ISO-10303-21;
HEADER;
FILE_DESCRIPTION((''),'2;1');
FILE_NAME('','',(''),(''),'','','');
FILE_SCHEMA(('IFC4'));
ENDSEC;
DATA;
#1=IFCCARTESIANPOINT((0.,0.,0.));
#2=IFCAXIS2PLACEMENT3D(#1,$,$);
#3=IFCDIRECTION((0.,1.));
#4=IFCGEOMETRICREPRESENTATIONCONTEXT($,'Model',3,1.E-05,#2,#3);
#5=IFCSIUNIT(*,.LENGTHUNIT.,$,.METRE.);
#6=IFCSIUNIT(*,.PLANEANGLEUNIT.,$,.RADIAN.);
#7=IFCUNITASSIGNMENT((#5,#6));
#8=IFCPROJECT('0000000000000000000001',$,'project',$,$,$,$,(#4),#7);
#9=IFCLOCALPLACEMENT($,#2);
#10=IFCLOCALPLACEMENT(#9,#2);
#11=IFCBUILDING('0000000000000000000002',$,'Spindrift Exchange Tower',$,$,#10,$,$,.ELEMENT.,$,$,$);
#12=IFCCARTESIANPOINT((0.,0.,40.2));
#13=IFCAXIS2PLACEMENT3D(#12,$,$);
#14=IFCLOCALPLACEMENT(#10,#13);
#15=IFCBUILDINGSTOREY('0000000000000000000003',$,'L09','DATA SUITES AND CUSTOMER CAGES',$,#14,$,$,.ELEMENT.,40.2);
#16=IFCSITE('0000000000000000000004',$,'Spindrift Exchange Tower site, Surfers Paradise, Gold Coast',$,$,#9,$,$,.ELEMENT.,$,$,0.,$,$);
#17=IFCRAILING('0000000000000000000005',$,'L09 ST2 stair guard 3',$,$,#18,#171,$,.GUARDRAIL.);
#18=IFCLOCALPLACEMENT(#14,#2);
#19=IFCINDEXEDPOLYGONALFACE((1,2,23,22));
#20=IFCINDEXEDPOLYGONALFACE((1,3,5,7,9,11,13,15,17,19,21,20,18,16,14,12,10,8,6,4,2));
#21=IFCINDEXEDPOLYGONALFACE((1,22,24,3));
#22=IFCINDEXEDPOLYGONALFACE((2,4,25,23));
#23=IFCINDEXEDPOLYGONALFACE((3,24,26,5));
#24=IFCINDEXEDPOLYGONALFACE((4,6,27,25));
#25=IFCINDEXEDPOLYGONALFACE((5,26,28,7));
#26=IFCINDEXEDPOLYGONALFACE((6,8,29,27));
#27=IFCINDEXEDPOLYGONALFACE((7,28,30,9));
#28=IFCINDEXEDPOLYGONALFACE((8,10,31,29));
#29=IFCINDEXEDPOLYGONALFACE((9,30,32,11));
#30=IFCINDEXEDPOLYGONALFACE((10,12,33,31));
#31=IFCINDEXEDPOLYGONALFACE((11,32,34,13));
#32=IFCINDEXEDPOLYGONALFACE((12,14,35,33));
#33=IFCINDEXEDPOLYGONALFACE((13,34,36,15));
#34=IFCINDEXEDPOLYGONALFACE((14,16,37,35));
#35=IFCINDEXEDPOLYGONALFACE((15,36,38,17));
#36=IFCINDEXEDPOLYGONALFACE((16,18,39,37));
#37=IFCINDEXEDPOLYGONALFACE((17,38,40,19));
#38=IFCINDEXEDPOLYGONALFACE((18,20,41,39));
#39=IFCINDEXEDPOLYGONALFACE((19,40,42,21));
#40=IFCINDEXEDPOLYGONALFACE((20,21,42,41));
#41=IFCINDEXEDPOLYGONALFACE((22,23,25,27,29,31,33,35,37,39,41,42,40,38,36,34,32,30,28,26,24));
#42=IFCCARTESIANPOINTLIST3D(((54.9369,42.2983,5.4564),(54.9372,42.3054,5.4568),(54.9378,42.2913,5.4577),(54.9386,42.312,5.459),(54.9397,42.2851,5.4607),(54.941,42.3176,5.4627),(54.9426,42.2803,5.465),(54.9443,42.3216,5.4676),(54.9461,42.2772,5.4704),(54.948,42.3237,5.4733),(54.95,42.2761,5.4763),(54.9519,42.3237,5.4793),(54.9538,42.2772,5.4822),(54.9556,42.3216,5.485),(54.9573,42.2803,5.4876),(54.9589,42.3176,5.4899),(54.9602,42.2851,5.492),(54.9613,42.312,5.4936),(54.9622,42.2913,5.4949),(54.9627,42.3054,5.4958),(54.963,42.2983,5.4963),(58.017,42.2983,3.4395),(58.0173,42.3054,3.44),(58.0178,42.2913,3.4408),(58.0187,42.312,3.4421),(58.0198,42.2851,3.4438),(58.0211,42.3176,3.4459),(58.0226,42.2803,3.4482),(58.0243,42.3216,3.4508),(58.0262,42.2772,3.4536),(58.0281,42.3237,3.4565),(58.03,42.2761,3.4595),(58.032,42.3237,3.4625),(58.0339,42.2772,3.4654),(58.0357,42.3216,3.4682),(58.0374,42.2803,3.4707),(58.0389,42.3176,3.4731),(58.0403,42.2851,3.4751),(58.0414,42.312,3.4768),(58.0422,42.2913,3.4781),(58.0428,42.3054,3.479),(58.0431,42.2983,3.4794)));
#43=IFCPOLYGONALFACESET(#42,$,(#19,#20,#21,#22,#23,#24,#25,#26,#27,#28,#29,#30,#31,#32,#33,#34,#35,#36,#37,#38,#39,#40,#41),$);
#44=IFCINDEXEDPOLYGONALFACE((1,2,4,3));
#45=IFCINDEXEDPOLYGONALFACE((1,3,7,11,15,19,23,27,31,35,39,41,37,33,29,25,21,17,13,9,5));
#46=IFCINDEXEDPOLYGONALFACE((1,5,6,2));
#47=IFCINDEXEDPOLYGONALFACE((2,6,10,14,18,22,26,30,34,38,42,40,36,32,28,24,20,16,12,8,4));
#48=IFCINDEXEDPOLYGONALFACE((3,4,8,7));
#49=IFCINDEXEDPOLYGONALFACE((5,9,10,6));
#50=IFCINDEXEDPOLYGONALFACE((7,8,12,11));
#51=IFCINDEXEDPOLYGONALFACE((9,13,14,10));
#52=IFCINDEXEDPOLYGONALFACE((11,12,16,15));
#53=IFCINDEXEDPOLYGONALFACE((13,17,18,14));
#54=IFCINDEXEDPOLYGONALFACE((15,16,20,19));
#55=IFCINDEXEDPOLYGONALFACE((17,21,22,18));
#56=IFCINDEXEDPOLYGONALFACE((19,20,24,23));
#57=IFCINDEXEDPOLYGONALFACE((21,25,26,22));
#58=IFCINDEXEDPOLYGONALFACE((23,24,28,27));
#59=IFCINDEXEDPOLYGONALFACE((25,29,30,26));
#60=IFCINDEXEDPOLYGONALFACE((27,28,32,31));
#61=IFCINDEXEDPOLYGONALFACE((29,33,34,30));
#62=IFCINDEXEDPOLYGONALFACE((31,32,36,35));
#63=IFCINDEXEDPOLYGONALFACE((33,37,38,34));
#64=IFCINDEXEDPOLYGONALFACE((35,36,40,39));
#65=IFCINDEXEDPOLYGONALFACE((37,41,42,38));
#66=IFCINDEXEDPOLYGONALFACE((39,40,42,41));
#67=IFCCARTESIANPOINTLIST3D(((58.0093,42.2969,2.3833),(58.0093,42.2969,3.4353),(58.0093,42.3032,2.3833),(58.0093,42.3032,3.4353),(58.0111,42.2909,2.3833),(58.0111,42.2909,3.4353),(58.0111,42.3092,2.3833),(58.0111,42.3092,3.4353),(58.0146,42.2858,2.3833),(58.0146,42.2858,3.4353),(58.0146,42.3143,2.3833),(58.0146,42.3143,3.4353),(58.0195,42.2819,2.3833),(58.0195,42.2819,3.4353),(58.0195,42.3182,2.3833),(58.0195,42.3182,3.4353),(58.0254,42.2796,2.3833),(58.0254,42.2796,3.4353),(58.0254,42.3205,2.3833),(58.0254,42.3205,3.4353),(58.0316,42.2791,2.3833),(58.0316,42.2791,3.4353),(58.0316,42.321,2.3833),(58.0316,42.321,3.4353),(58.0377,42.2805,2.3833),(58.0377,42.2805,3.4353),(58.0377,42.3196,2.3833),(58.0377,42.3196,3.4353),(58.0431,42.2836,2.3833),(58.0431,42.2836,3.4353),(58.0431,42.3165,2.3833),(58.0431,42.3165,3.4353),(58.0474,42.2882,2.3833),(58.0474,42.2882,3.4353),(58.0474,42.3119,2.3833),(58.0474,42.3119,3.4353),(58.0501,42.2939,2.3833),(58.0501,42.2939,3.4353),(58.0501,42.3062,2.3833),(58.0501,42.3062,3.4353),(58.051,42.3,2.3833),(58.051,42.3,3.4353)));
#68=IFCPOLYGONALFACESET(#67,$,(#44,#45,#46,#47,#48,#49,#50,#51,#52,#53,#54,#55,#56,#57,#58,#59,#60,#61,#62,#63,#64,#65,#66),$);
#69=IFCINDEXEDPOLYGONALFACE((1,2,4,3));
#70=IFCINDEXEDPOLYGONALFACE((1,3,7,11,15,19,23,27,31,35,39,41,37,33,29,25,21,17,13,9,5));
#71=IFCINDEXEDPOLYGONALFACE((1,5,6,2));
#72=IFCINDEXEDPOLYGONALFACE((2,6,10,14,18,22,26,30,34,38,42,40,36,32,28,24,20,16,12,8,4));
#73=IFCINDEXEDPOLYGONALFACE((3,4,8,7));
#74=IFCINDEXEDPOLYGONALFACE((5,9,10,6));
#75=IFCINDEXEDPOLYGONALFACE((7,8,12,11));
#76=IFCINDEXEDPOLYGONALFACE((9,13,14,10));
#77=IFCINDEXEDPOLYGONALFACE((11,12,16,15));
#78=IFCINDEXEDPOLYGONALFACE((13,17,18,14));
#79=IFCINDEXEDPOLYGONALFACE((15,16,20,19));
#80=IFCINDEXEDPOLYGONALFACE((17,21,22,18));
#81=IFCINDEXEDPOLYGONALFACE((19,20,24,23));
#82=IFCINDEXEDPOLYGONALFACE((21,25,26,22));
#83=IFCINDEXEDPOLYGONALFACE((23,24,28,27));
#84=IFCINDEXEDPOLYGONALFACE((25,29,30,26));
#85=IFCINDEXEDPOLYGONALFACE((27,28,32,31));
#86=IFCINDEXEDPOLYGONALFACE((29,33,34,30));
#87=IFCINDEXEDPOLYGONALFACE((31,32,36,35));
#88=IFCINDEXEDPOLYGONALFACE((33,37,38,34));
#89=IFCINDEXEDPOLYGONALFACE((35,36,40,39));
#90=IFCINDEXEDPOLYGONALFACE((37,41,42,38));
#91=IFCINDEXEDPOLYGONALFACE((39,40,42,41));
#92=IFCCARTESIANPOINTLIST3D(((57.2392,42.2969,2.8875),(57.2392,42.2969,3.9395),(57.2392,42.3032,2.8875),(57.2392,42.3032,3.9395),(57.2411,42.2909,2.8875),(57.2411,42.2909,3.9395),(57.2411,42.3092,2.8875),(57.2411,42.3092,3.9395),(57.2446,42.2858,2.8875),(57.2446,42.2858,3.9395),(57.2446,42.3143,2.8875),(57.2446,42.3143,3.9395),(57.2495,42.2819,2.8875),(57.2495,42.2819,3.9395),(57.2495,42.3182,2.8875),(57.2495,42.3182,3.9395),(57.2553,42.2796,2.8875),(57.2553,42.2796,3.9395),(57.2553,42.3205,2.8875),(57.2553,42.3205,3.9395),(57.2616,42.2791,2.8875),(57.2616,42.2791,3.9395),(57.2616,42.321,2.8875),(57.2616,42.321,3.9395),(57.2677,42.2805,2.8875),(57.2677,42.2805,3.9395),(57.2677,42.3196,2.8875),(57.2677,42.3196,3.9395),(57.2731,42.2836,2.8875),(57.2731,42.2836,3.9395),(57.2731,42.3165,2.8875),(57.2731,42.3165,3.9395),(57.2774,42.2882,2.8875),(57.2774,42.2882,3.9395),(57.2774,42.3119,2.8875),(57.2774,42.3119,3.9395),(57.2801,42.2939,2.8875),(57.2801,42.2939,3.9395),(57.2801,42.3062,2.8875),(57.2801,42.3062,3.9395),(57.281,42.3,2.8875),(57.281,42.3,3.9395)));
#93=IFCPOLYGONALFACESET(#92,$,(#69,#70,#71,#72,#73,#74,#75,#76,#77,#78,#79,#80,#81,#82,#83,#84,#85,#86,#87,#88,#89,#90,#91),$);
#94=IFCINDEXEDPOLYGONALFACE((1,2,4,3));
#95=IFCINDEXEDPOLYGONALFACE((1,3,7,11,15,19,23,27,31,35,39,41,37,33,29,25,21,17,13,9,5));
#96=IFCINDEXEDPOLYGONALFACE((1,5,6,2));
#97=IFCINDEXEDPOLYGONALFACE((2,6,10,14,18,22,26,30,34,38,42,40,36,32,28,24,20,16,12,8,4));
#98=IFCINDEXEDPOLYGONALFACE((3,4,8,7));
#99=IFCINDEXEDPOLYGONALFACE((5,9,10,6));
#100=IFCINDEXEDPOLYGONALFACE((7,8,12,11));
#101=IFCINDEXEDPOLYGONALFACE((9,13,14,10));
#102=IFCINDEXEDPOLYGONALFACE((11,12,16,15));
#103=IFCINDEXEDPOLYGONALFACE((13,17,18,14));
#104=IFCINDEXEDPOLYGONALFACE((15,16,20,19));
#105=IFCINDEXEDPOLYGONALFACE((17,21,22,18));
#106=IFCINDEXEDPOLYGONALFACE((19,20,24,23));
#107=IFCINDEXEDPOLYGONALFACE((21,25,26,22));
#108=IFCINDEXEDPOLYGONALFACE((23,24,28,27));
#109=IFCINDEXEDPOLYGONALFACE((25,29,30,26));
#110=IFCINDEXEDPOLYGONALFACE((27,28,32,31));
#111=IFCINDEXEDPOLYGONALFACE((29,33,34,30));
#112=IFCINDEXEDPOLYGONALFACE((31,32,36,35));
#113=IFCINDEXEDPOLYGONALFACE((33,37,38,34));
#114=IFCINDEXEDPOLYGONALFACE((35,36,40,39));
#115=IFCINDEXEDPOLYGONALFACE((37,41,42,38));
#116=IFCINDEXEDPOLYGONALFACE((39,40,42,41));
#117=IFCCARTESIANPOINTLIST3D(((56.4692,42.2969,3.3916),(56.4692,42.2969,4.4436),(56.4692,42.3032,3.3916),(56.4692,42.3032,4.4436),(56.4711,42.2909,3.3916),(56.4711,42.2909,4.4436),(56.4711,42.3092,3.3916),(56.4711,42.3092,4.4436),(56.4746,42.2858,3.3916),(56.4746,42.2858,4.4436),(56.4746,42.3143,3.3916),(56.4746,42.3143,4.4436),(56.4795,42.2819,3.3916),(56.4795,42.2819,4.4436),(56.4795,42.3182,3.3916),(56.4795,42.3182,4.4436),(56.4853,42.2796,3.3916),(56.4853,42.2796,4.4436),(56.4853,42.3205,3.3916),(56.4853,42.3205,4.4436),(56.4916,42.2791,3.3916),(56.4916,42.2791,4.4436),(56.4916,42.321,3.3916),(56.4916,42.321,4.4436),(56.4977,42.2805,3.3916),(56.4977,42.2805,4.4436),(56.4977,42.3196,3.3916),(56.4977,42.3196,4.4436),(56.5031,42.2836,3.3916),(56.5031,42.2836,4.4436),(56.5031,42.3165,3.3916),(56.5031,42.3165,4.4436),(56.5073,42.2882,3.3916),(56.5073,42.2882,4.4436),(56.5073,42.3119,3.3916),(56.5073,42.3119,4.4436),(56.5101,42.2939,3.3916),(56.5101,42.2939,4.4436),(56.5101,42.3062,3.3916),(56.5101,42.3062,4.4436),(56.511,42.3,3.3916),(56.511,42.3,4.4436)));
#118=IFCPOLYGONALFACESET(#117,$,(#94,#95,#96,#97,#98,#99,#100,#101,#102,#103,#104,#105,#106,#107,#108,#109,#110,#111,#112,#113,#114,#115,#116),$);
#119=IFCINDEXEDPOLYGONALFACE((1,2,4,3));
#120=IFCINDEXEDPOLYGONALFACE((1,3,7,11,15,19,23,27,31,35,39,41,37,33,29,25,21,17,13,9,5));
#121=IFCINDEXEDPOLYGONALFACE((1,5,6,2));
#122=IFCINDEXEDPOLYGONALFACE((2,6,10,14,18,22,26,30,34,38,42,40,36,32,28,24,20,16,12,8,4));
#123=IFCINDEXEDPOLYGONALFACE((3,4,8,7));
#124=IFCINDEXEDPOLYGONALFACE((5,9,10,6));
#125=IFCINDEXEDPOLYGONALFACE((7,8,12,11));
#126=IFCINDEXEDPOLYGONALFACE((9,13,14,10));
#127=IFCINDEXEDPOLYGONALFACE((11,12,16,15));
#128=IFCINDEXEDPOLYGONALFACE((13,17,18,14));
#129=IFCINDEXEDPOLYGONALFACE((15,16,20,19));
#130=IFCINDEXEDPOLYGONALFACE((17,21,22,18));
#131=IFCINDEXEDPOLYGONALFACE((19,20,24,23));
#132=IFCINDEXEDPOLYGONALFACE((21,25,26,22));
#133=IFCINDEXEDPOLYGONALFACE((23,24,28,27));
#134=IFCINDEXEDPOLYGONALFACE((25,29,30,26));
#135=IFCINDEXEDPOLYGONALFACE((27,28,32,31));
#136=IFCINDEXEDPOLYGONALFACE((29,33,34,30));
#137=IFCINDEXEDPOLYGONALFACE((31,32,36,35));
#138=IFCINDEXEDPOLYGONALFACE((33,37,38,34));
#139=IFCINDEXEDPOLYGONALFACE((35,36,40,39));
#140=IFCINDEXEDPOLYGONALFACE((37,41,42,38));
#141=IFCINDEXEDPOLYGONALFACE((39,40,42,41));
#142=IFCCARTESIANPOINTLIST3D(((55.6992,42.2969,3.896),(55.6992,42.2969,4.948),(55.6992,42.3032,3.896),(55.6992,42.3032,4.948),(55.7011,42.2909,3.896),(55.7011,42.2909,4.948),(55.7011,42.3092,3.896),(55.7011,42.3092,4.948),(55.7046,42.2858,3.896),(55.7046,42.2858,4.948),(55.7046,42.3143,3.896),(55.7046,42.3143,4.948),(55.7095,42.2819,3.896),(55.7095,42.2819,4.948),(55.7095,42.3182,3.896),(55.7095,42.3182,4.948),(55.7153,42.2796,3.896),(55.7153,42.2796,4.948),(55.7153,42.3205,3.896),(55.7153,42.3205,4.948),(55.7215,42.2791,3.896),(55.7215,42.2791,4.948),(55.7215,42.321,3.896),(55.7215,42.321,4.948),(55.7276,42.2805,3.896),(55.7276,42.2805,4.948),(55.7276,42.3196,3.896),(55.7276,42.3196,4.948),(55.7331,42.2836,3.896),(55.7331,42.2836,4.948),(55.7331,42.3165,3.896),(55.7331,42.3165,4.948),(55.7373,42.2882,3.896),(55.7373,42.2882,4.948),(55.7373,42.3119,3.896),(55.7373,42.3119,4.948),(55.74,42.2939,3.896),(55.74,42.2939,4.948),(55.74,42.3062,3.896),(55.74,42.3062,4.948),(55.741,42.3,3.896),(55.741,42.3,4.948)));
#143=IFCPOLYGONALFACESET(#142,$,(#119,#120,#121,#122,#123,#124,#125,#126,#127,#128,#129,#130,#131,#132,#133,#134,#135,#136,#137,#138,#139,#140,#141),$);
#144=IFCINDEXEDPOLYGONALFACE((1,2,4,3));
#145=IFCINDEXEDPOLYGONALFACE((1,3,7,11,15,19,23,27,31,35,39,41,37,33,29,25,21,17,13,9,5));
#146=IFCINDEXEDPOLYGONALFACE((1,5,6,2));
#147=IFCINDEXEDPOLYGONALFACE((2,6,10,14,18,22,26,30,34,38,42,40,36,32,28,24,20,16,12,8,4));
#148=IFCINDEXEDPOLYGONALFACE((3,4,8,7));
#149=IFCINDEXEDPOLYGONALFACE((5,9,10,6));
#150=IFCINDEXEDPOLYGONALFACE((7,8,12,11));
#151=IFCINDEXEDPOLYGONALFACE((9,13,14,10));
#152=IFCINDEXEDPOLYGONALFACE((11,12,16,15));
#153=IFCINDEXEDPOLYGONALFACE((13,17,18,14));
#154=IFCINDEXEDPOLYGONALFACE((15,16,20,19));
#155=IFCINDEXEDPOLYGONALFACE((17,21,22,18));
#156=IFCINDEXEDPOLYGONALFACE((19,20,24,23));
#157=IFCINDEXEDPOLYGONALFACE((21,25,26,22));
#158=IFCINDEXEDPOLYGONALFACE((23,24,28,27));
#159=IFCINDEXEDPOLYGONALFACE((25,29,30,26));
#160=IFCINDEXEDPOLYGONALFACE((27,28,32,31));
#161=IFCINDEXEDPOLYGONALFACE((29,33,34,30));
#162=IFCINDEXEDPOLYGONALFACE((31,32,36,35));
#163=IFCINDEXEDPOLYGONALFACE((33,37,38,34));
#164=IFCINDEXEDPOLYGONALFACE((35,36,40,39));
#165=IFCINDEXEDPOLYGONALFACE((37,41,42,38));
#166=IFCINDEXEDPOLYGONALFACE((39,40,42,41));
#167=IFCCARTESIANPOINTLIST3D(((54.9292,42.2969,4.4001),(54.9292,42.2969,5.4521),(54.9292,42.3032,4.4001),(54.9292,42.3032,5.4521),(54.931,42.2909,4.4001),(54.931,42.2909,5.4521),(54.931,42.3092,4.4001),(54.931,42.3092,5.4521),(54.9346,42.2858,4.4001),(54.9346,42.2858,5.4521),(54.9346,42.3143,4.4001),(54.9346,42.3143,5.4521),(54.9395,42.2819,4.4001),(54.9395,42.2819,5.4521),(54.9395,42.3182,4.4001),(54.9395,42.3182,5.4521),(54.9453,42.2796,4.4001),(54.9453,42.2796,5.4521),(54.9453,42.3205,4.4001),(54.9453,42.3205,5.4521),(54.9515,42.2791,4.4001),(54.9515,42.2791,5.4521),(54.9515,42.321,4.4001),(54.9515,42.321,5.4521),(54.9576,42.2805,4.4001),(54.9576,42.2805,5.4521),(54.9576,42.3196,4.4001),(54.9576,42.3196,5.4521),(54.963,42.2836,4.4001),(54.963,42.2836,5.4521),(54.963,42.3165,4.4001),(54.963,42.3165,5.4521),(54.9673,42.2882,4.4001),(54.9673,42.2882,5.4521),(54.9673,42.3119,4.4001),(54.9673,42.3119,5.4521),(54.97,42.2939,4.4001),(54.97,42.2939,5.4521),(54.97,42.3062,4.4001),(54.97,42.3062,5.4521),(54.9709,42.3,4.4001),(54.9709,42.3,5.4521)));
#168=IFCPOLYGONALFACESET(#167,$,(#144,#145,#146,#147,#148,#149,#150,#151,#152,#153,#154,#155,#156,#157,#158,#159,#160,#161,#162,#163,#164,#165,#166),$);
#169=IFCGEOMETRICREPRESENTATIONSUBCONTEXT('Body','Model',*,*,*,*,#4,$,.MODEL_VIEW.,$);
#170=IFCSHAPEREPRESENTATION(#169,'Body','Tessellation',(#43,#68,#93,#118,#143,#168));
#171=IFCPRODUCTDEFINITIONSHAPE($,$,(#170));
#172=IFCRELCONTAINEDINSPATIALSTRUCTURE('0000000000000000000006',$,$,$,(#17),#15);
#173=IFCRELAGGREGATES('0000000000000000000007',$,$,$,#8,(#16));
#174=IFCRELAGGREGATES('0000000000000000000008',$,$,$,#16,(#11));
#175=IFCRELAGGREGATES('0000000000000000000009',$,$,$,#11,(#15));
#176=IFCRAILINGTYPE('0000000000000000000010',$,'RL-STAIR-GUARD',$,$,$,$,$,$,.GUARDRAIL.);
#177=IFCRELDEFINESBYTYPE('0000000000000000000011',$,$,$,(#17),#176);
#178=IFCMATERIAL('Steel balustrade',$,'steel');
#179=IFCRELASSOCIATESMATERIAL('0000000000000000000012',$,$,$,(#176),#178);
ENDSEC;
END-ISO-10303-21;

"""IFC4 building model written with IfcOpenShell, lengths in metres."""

from ifc_helpers import new_model, si_unit, direction, frame, origin, origin_2d, place, context, subcontext, project, spatial, circle, extrude, material, type_object, element, save


model = new_model("IFC4")

# Units and contexts
model_context = context("Model", 3, precision=1e-05, world=origin(), true_north=direction((0.0, 1.0)))
body_context = subcontext(model_context, "Body", "Model", "MODEL_VIEW")
ifc_project = project(units=[si_unit("LENGTHUNIT", "METRE"), si_unit("PLANEANGLEUNIT", "RADIAN")], contexts=[model_context])

# Site, building, storey
site_placement = place(None, origin())
site = spatial("IfcSite", under=ifc_project, at=site_placement, Name="Spindrift Exchange Tower site, Surfers Paradise, Gold Coast", CompositionType="ELEMENT", RefElevation=0.0)
building_placement = place(site_placement, origin())
building = spatial("IfcBuilding", under=site, at=building_placement, Name="Spindrift Exchange Tower", CompositionType="ELEMENT")
storey_placement = place(building_placement, frame((0.0, 0.0, 40.2)))
storey = spatial("IfcBuildingStorey", under=building, at=storey_placement, Name="L09", Description="DATA SUITES AND CUSTOMER CAGES", CompositionType="ELEMENT", Elevation=40.2)

# Railing
ifc_material_1 = material(Name="Steel balustrade", Category="steel")
railing_type_1 = type_object("IfcRailingType", Name="RL-STAIR-GUARD", PredefinedType="GUARDRAIL", material=ifc_material_1)
railing_1_placement = place(storey_placement, frame((58.03, 42.3, 2.3833)))
element("IfcRailing", 1, at=railing_1_placement, inside=storey, type_object=railing_type_1, Name="L09 ST2 stair guard 3", PredefinedType="GUARDRAIL", context=body_context, shape_type="SweptSolid", body=[
    extrude(circle(Radius=0.0239, at=origin_2d()), frame((0.0, 0.0, 1.0762), z_axis=(-0.836603, 0.0, 0.54781), x_axis=(0.0, -1.0, 0.0)), (0.0, 0.0, 1.0), 3.6816),
    extrude(circle(Radius=0.021, at=origin_2d()), origin(), (0.0, 0.0, 1.0), 1.052),
    extrude(circle(Radius=0.021, at=origin_2d()), frame((-0.77, 0.0, 0.5042)), (0.0, 0.0, 1.0), 1.052),
    extrude(circle(Radius=0.021, at=origin_2d()), frame((-1.54, 0.0, 1.0083)), (0.0, 0.0, 1.0), 1.052),
    extrude(circle(Radius=0.021, at=origin_2d()), frame((-2.3101, 0.0, 1.5127)), (0.0, 0.0, 1.0), 1.052),
    extrude(circle(Radius=0.021, at=origin_2d()), frame((-3.0801, 0.0, 2.0168)), (0.0, 0.0, 1.0), 1.052),
])

save(model, "model.ifc")
